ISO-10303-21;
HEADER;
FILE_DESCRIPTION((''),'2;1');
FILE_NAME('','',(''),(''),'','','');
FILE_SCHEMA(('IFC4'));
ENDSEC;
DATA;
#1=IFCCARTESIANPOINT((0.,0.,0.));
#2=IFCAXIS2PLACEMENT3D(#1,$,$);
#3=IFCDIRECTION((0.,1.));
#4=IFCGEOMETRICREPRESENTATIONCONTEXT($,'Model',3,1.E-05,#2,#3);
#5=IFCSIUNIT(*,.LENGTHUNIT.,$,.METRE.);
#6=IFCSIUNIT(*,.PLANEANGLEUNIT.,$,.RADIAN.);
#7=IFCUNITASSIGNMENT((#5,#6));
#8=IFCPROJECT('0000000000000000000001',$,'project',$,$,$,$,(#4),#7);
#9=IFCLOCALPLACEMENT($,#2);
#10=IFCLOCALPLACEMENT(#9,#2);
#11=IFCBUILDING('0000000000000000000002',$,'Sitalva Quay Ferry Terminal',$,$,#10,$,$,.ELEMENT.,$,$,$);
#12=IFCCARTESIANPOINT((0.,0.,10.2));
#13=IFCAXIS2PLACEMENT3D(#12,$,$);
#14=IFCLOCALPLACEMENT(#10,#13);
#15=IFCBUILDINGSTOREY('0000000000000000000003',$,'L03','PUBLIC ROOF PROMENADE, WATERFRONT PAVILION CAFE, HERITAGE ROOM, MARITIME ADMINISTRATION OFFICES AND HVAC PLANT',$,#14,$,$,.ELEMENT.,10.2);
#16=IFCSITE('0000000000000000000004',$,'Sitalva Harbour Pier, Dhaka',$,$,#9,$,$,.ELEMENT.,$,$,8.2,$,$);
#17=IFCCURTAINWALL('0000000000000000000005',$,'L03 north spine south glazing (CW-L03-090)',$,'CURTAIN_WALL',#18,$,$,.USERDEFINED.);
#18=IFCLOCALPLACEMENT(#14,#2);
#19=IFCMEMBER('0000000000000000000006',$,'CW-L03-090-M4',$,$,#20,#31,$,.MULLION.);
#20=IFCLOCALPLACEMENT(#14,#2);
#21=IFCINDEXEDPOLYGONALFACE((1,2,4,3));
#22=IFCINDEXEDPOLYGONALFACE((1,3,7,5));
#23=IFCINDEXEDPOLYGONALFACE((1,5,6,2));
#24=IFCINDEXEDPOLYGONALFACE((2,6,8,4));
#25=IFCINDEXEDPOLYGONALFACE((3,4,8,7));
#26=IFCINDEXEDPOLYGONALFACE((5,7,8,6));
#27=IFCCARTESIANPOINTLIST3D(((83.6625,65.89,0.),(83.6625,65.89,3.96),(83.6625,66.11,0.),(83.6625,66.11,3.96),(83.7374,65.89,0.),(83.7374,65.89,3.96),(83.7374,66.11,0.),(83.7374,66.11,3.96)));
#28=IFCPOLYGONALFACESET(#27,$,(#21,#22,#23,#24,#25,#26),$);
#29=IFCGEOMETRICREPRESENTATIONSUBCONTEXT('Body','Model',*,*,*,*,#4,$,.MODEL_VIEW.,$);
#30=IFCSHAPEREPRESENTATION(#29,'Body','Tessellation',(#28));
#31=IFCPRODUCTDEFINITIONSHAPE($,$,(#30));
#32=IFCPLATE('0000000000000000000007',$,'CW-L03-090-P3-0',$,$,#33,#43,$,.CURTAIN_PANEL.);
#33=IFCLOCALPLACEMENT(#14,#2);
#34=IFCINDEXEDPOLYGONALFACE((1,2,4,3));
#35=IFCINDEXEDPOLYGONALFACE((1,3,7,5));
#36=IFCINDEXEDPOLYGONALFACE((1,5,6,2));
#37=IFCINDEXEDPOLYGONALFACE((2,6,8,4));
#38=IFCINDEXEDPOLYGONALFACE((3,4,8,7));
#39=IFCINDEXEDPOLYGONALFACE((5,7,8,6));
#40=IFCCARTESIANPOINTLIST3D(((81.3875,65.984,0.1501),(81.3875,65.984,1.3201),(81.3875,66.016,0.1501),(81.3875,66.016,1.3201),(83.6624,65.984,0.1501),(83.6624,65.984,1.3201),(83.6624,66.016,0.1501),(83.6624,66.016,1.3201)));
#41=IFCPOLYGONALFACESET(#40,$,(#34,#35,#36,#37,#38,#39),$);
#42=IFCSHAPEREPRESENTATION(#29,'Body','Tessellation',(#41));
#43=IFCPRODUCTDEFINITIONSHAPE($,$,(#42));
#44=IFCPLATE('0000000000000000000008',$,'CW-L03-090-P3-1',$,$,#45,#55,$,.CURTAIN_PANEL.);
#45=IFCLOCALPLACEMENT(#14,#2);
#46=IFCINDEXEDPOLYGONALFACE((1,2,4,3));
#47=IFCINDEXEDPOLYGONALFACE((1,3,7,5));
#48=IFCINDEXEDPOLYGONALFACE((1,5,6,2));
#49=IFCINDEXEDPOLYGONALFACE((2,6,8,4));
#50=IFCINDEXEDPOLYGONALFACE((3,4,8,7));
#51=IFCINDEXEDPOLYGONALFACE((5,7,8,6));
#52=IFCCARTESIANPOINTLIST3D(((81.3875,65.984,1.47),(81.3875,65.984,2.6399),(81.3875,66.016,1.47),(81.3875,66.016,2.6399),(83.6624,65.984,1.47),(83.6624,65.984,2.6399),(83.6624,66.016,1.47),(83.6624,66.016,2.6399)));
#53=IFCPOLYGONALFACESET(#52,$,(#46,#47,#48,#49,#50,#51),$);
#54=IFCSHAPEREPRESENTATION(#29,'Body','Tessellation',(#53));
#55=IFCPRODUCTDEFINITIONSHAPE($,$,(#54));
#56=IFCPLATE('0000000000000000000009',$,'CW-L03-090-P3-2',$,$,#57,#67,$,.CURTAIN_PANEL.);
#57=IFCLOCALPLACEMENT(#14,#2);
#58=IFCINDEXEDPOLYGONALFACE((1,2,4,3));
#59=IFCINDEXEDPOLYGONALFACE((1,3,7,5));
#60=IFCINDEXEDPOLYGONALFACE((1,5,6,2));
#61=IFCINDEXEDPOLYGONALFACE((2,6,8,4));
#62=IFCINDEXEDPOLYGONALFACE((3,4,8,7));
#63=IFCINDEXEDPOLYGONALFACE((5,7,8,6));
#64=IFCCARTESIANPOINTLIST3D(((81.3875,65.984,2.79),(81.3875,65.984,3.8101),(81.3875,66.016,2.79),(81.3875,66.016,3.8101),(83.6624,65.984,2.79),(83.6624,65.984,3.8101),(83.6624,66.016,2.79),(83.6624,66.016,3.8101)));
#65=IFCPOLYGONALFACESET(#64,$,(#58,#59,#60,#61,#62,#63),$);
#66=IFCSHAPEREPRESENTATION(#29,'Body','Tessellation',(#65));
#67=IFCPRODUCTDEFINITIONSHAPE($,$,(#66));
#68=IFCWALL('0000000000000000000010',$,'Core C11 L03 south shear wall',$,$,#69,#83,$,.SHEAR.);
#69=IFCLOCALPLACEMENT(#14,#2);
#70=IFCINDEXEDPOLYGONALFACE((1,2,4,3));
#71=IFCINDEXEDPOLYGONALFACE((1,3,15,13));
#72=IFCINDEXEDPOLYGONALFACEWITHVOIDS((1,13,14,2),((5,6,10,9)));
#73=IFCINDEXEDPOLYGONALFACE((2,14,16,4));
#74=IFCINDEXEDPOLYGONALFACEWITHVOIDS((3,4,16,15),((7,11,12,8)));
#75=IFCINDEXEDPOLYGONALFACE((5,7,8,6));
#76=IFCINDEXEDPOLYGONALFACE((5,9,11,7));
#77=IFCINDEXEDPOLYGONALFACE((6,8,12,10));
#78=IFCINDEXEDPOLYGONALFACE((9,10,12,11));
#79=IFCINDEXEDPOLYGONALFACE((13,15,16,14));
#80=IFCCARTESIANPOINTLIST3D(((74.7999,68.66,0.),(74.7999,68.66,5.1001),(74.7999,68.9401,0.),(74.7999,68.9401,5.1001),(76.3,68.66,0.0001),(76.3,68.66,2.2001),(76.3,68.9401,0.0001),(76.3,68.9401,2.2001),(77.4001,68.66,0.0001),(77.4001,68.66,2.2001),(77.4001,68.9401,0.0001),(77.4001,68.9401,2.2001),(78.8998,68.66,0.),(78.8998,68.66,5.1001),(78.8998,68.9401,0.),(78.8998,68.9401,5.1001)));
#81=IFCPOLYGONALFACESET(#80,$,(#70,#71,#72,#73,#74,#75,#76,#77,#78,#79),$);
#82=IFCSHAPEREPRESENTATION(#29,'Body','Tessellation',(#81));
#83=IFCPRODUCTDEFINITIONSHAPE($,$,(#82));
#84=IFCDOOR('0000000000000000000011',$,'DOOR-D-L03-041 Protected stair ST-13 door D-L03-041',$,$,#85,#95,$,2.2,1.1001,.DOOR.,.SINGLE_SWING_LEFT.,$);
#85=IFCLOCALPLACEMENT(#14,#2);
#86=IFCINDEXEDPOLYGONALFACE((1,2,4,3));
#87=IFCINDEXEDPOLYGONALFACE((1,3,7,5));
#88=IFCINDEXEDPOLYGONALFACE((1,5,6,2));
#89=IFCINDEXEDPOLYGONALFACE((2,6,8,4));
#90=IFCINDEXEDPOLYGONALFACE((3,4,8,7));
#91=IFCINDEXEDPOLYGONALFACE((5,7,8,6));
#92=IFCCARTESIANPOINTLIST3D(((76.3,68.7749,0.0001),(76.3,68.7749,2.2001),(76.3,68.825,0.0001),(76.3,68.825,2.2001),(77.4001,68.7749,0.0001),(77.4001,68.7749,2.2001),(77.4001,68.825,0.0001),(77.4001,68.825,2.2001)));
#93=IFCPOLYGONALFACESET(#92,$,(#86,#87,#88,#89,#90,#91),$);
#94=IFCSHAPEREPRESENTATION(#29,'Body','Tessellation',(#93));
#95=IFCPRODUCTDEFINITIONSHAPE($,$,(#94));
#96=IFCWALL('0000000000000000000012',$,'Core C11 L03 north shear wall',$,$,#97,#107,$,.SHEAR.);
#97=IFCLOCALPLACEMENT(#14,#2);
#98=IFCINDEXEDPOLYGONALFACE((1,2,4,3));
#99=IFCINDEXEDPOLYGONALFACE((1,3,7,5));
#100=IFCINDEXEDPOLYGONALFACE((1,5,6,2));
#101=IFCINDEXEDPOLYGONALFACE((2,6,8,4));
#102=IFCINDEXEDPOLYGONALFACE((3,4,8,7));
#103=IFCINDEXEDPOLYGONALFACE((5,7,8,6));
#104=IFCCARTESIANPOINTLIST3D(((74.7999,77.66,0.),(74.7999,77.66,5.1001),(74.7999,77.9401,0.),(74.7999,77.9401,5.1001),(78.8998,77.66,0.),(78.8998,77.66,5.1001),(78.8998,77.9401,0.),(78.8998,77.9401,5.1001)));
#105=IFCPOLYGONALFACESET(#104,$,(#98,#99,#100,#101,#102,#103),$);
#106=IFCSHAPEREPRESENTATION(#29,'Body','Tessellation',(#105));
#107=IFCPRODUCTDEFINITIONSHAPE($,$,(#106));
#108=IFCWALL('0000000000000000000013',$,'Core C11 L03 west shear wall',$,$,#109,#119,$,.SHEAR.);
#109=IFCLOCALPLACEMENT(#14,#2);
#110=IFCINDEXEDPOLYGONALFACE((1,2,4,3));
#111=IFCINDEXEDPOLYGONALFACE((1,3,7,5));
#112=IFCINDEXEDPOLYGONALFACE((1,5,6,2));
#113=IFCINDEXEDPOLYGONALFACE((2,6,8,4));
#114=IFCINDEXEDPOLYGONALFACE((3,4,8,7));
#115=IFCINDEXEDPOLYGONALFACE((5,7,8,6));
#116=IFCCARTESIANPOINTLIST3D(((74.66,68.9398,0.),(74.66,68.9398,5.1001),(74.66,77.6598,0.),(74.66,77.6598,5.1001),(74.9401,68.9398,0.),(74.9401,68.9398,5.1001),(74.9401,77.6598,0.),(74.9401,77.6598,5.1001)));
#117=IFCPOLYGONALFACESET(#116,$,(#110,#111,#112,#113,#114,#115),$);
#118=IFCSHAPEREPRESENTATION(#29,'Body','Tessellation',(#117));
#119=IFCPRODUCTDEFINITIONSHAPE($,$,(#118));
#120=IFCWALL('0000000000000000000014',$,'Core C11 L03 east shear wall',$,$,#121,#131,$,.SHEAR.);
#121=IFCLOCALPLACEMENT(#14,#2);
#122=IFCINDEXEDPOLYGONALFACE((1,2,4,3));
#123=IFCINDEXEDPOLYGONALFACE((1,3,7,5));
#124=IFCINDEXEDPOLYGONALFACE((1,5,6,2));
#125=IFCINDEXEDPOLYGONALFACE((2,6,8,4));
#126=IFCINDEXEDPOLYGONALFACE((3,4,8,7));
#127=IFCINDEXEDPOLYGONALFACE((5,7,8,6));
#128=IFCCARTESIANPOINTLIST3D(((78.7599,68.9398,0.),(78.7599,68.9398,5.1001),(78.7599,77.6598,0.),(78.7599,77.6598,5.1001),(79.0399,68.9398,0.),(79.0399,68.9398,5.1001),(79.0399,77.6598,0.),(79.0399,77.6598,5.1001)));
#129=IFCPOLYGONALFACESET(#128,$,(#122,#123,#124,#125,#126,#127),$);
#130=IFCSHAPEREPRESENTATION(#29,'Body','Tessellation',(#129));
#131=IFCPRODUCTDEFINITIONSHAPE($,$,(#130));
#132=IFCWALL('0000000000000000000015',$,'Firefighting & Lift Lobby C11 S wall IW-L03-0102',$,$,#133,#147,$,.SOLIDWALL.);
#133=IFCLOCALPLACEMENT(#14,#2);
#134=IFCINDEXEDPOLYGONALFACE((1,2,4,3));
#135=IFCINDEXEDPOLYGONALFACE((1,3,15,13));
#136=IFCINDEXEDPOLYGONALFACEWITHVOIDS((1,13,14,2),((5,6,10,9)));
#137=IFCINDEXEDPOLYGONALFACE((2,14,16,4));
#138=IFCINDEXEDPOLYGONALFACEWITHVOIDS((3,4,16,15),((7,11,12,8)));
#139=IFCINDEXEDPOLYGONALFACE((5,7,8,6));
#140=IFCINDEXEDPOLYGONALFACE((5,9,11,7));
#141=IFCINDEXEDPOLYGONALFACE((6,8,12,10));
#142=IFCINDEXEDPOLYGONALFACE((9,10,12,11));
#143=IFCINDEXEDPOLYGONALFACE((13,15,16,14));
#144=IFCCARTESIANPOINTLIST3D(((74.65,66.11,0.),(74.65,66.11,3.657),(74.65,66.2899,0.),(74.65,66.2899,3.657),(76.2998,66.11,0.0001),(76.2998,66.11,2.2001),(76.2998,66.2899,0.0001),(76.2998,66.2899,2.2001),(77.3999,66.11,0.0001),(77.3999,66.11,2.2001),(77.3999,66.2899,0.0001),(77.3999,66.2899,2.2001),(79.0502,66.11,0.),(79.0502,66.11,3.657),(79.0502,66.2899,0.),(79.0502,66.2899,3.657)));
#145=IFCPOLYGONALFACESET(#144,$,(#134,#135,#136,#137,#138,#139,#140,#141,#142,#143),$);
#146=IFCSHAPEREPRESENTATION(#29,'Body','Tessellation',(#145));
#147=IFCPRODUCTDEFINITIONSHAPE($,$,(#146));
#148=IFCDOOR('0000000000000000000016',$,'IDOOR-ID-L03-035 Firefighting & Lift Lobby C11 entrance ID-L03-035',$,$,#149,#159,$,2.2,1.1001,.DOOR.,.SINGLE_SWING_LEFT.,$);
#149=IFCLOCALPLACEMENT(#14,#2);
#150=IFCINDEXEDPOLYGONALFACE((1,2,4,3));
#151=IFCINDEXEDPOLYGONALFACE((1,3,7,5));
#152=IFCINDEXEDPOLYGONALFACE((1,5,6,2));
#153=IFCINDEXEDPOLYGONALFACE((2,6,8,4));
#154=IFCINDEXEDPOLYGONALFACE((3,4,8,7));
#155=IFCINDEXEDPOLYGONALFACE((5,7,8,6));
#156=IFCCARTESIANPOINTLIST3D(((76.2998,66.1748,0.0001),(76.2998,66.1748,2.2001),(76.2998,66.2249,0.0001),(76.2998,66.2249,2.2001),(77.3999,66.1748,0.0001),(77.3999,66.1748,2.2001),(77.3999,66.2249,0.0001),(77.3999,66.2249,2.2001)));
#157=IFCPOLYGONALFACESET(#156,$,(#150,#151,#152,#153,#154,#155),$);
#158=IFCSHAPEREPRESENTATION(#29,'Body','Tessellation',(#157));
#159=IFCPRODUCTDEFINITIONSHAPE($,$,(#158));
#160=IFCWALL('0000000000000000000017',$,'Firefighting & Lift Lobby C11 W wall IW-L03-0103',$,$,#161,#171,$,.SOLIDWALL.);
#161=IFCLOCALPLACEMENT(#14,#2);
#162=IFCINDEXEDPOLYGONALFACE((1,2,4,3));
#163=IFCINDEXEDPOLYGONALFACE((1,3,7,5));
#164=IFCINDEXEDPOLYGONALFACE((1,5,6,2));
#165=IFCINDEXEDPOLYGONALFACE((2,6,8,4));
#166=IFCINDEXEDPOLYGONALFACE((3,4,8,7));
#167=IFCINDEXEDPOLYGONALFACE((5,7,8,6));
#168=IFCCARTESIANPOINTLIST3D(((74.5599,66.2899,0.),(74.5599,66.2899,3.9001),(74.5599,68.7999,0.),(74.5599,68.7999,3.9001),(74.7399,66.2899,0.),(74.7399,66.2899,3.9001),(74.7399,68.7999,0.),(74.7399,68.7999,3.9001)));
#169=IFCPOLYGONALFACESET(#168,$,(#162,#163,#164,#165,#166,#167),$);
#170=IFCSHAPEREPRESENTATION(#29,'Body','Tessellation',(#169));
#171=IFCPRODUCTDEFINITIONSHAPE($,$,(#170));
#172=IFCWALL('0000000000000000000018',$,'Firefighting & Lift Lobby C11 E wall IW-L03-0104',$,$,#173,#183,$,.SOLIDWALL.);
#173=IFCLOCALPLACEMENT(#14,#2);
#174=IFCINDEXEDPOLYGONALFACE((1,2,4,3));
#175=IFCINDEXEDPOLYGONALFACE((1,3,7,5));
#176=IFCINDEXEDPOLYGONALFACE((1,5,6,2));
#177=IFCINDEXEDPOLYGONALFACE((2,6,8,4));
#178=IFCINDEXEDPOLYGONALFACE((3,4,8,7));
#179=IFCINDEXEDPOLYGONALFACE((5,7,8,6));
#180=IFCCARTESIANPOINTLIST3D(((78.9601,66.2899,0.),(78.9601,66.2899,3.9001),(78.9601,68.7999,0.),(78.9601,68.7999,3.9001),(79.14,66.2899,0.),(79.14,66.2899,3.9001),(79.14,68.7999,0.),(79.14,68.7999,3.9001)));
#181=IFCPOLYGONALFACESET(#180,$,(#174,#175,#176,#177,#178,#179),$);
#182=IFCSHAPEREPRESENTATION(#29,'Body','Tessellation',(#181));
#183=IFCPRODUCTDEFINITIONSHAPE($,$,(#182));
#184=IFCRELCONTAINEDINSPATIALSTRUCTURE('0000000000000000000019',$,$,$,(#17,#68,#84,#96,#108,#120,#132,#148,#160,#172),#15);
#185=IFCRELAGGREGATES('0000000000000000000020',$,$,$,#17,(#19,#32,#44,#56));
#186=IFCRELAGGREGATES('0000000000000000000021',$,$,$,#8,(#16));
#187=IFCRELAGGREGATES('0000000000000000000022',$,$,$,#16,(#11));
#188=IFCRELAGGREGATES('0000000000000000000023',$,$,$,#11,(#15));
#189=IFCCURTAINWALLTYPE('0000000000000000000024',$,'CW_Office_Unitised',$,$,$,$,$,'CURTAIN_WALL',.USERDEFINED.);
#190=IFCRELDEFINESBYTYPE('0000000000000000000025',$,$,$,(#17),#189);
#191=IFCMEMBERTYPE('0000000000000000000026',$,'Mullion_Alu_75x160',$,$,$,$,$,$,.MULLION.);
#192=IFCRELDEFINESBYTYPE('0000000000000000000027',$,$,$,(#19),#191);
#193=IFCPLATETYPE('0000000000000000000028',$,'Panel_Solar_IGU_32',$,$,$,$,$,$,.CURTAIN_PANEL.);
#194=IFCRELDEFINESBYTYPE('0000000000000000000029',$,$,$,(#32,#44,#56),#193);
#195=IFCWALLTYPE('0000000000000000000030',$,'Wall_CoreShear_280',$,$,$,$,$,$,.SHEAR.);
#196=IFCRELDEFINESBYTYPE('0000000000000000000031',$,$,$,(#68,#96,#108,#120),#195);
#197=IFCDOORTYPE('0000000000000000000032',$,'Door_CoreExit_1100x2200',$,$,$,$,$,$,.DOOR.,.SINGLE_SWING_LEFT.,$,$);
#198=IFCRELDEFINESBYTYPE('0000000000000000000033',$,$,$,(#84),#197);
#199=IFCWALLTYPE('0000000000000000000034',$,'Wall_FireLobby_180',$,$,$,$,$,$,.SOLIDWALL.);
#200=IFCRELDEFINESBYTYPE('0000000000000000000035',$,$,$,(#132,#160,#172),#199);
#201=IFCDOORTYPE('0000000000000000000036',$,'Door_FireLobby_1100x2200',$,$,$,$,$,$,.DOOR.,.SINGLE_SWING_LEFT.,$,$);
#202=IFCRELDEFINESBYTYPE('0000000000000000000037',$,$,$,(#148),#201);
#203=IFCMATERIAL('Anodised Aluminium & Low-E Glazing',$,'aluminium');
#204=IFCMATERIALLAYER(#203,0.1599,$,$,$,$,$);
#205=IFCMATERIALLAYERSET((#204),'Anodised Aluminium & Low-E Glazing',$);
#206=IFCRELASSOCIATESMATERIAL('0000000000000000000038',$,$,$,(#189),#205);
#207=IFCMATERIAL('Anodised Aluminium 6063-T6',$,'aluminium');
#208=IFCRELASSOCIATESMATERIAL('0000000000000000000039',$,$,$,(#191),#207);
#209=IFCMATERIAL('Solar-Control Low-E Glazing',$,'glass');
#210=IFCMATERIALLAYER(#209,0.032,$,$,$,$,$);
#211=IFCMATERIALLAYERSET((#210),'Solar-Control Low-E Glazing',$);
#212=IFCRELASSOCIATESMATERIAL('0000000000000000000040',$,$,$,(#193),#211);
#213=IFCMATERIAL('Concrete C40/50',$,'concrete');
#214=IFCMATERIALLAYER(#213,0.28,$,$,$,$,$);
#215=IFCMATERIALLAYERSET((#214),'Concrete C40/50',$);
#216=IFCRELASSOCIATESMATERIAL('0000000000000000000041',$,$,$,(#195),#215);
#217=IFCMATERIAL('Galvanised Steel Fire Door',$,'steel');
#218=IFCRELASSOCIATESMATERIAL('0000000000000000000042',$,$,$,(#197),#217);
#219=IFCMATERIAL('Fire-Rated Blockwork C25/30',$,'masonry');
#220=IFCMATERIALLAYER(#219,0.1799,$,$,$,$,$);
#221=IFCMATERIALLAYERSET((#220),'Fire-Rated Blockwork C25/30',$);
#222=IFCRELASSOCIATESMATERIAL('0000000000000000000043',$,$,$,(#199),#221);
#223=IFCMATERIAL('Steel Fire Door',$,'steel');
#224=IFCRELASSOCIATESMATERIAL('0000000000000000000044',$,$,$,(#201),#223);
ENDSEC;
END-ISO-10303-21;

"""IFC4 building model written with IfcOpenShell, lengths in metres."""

from ifc_helpers import new_model, si_unit, direction, frame, frame_2d, origin, origin_2d, place, context, subcontext, project, spatial, rectangle, extrude, material, layer, layer_set, material_profile, profile_set, type_object, element, fill, aggregate, save


model = new_model("IFC4")

# Units and contexts
model_context = context("Model", 3, precision=1e-05, world=origin(), true_north=direction((0.0, 1.0)))
body_context = subcontext(model_context, "Body", "Model", "MODEL_VIEW")
ifc_project = project(units=[si_unit("LENGTHUNIT", "METRE"), si_unit("PLANEANGLEUNIT", "RADIAN")], contexts=[model_context])

# Site, building, storey
site_placement = place(None, origin())
site = spatial("IfcSite", under=ifc_project, at=site_placement, Name="Sitalva Harbour Pier, Dhaka", CompositionType="ELEMENT", RefElevation=8.2)
building_placement = place(site_placement, origin())
building = spatial("IfcBuilding", under=site, at=building_placement, Name="Sitalva Quay Ferry Terminal", CompositionType="ELEMENT")
storey_placement = place(building_placement, frame((0.0, 0.0, 10.2)))
storey = spatial("IfcBuildingStorey", under=building, at=storey_placement, Name="L03", Description="PUBLIC ROOF PROMENADE, WATERFRONT PAVILION CAFE, HERITAGE ROOM, MARITIME ADMINISTRATION OFFICES AND HVAC PLANT", CompositionType="ELEMENT", Elevation=10.2)

# Curtain wall, member, plates
ifc_material_1 = material(Name="Anodised Aluminium & Low-E Glazing", Category="aluminium")
ifc_layer_1 = layer(ifc_material_1, 0.1599)
ifc_layer_set_1 = layer_set([ifc_layer_1], Name="Anodised Aluminium & Low-E Glazing")
curtain_wall_type = type_object("IfcCurtainWallType", Name="CW_Office_Unitised", ElementType="CURTAIN_WALL", PredefinedType="USERDEFINED", material=ifc_layer_set_1)
curtain_wall_placement = place(storey_placement, origin())
curtain_wall = element("IfcCurtainWall", 1, at=curtain_wall_placement, inside=storey, type_object=curtain_wall_type, Name="L03 north spine south glazing (CW-L03-090)", ObjectType="CURTAIN_WALL", PredefinedType="USERDEFINED")
ifc_material_2 = material(Name="Anodised Aluminium 6063-T6", Category="aluminium")
ifc_material_profile_1 = material_profile(ifc_material_2, rectangle(XDim=0.075, YDim=0.22, at=origin_2d()), Name="ALU75x220")
ifc_profile_set_1 = profile_set([ifc_material_profile_1], Name="Anodised Aluminium 6063-T6")
member_type = type_object("IfcMemberType", Name="Mullion_Alu_75x160", PredefinedType="MULLION", material=ifc_profile_set_1)
member_placement = place(storey_placement, frame((83.7, 66.0, 0.0), z_axis=(0.0, 0.0, 1.0), x_axis=(1.0, 0.0, 0.0)))
member = element("IfcMember", 2, at=member_placement, type_object=member_type, Name="CW-L03-090-M4", PredefinedType="MULLION", context=body_context, shape_type="SweptSolid", body=[
    extrude(rectangle(XDim=0.075, YDim=0.22, at=origin_2d()), origin(), (0.0, 0.0, 1.0), 3.96),
])
ifc_material_3 = material(Name="Solar-Control Low-E Glazing", Category="glass")
ifc_layer_2 = layer(ifc_material_3, 0.032)
ifc_layer_set_2 = layer_set([ifc_layer_2], Name="Solar-Control Low-E Glazing")
plate_type = type_object("IfcPlateType", Name="Panel_Solar_IGU_32", PredefinedType="CURTAIN_PANEL", material=ifc_layer_set_2)
plate_1_placement = place(storey_placement, frame((82.5249, 66.0, 0.1501), z_axis=(0.0, 0.0, 1.0), x_axis=(1.0, 0.0, 0.0)))
plate_1 = element("IfcPlate", 3, at=plate_1_placement, type_object=plate_type, Name="CW-L03-090-P3-0", PredefinedType="CURTAIN_PANEL", context=body_context, shape_type="SweptSolid", body=[
    extrude(rectangle(XDim=2.2749, YDim=0.032, at=origin_2d()), origin(), (0.0, 0.0, 1.0), 1.1699),
])
plate_2_placement = place(storey_placement, frame((82.5249, 66.0, 1.47), z_axis=(0.0, 0.0, 1.0), x_axis=(1.0, 0.0, 0.0)))
plate_2 = element("IfcPlate", 4, at=plate_2_placement, type_object=plate_type, Name="CW-L03-090-P3-1", PredefinedType="CURTAIN_PANEL", context=body_context, shape_type="SweptSolid", body=[
    extrude(rectangle(XDim=2.2749, YDim=0.032, at=origin_2d()), origin(), (0.0, 0.0, 1.0), 1.1699),
])
plate_3_placement = place(storey_placement, frame((82.5249, 66.0, 2.79), z_axis=(0.0, 0.0, 1.0), x_axis=(1.0, 0.0, 0.0)))
plate_3 = element("IfcPlate", 5, at=plate_3_placement, type_object=plate_type, Name="CW-L03-090-P3-2", PredefinedType="CURTAIN_PANEL", context=body_context, shape_type="SweptSolid", body=[
    extrude(rectangle(XDim=2.2749, YDim=0.032, at=origin_2d()), origin(), (0.0, 0.0, 1.0), 1.02),
])
aggregate(curtain_wall, [member, plate_1, plate_2, plate_3])

# Wall, opening, door
ifc_material_4 = material(Name="Concrete C40/50", Category="concrete")
ifc_layer_3 = layer(ifc_material_4, 0.28)
ifc_layer_set_3 = layer_set([ifc_layer_3], Name="Concrete C40/50")
wall_type_1 = type_object("IfcWallType", Name="Wall_CoreShear_280", PredefinedType="SHEAR", material=ifc_layer_set_3)
wall_1_placement = place(storey_placement, frame((74.8, 68.8, 0.0), z_axis=(0.0, 0.0, 1.0), x_axis=(1.0, 0.0, 0.0)))
wall_1 = element("IfcWall", 6, at=wall_1_placement, inside=storey, type_object=wall_type_1, Name="Core C11 L03 south shear wall", PredefinedType="SHEAR", context=body_context, shape_type="SweptSolid", body=[
    extrude(rectangle(XDim=4.0999, YDim=0.28, at=frame_2d((2.0498, 0.0))), origin(), (0.0, 0.0, 1.0), 5.1001),
])
opening_1_placement = place(wall_1_placement, frame((1.5, 0.0, 0.0)))
opening_1 = element("IfcOpeningElement", 7, at=opening_1_placement, cuts=wall_1, PredefinedType="OPENING", context=body_context, shape_type="SweptSolid", body=[
    extrude(rectangle(XDim=1.1001, YDim=2.2, at=frame_2d((0.55, 1.1001))), frame((0.0, 0.1499, 0.0), z_axis=(0.0, -1.0, 0.0), x_axis=(1.0, 0.0, 0.0)), (0.0, 0.0, 1.0), 0.3),
])
ifc_material_5 = material(Name="Galvanised Steel Fire Door", Category="steel")
door_type_1 = type_object("IfcDoorType", Name="Door_CoreExit_1100x2200", OperationType="SINGLE_SWING_LEFT", PredefinedType="DOOR", material=ifc_material_5)
door_1_placement = place(opening_1_placement, origin())
door_1 = element("IfcDoor", 8, at=door_1_placement, inside=storey, type_object=door_type_1, Name="DOOR-D-L03-041 Protected stair ST-13 door D-L03-041", OperationType="SINGLE_SWING_LEFT", OverallHeight=2.2, OverallWidth=1.1001, PredefinedType="DOOR", context=body_context, shape_type="SweptSolid", body=[
    extrude(rectangle(XDim=1.1001, YDim=2.2, at=frame_2d((0.55, 1.1001))), frame((0.0, 0.0249, 0.0), z_axis=(0.0, -1.0, 0.0), x_axis=(1.0, 0.0, 0.0)), (0.0, 0.0, 1.0), 0.05),
])
fill(opening_1, door_1)

# Walls
wall_2_placement = place(storey_placement, frame((74.8, 77.8, 0.0), z_axis=(0.0, 0.0, 1.0), x_axis=(1.0, 0.0, 0.0)))
element("IfcWall", 9, at=wall_2_placement, inside=storey, type_object=wall_type_1, Name="Core C11 L03 north shear wall", PredefinedType="SHEAR", context=body_context, shape_type="SweptSolid", body=[
    extrude(rectangle(XDim=4.0999, YDim=0.28, at=frame_2d((2.0498, 0.0))), origin(), (0.0, 0.0, 1.0), 5.1001),
])
for number, where, z_axis, x_axis, name in (
    (10, (74.8, 68.9399, 0.0), (0.0, 0.0, 1.0), (0.0, 1.0, 0.0), "Core C11 L03 west shear wall"),
    (11, (78.8999, 68.9399, 0.0), (0.0, 0.0, 1.0), (0.0, 1.0, 0.0), "Core C11 L03 east shear wall"),
):
    element("IfcWall", number, at=place(storey_placement, frame(where, z_axis=z_axis, x_axis=x_axis)), inside=storey, type_object=wall_type_1, Name=name, PredefinedType="SHEAR", context=body_context, shape_type="SweptSolid", body=[
        extrude(rectangle(XDim=8.72, YDim=0.28, at=frame_2d((4.3599, 0.0))), origin(), (0.0, 0.0, 1.0), 5.1001),
    ])

# Wall, opening, door
ifc_material_6 = material(Name="Fire-Rated Blockwork C25/30", Category="masonry")
ifc_layer_4 = layer(ifc_material_6, 0.1799)
ifc_layer_set_4 = layer_set([ifc_layer_4], Name="Fire-Rated Blockwork C25/30")
wall_type_2 = type_object("IfcWallType", Name="Wall_FireLobby_180", PredefinedType="SOLIDWALL", material=ifc_layer_set_4)
wall_3_placement = place(storey_placement, frame((74.6499, 66.2, 0.0), z_axis=(0.0, 0.0, 1.0), x_axis=(1.0, 0.0, 0.0)))
wall_3 = element("IfcWall", 12, at=wall_3_placement, inside=storey, type_object=wall_type_2, Name="Firefighting & Lift Lobby C11 S wall IW-L03-0102", PredefinedType="SOLIDWALL", context=body_context, shape_type="SweptSolid", body=[
    extrude(rectangle(XDim=4.4001, YDim=0.1799, at=frame_2d((2.2002, 0.0))), origin(), (0.0, 0.0, 1.0), 3.657),
])
opening_2_placement = place(wall_3_placement, frame((1.6499, 0.0, 0.0)))
opening_2 = element("IfcOpeningElement", 13, at=opening_2_placement, cuts=wall_3, PredefinedType="OPENING", context=body_context, shape_type="SweptSolid", body=[
    extrude(rectangle(XDim=1.1001, YDim=2.2, at=frame_2d((0.55, 1.1001))), frame((0.0, 0.0999, 0.0), z_axis=(0.0, -1.0, 0.0), x_axis=(1.0, 0.0, 0.0)), (0.0, 0.0, 1.0), 0.2),
])
ifc_material_7 = material(Name="Steel Fire Door", Category="steel")
door_type_2 = type_object("IfcDoorType", Name="Door_FireLobby_1100x2200", OperationType="SINGLE_SWING_LEFT", PredefinedType="DOOR", material=ifc_material_7)
door_2_placement = place(opening_2_placement, origin())
door_2 = element("IfcDoor", 14, at=door_2_placement, inside=storey, type_object=door_type_2, Name="IDOOR-ID-L03-035 Firefighting & Lift Lobby C11 entrance ID-L03-035", OperationType="SINGLE_SWING_LEFT", OverallHeight=2.2, OverallWidth=1.1001, PredefinedType="DOOR", context=body_context, shape_type="SweptSolid", body=[
    extrude(rectangle(XDim=1.1001, YDim=2.2, at=frame_2d((0.55, 1.1001))), frame((0.0, 0.0249, 0.0), z_axis=(0.0, -1.0, 0.0), x_axis=(1.0, 0.0, 0.0)), (0.0, 0.0, 1.0), 0.05),
])
fill(opening_2, door_2)

# Walls
for number, where, z_axis, x_axis, name in (
    (15, (74.6499, 66.29, 0.0), (0.0, 0.0, 1.0), (0.0, 1.0, 0.0), "Firefighting & Lift Lobby C11 W wall IW-L03-0103"),
    (16, (79.05, 66.29, 0.0), (0.0, 0.0, 1.0), (0.0, 1.0, 0.0), "Firefighting & Lift Lobby C11 E wall IW-L03-0104"),
):
    element("IfcWall", number, at=place(storey_placement, frame(where, z_axis=z_axis, x_axis=x_axis)), inside=storey, type_object=wall_type_2, Name=name, PredefinedType="SOLIDWALL", context=body_context, shape_type="SweptSolid", body=[
        extrude(rectangle(XDim=2.51, YDim=0.1799, at=frame_2d((1.2549, 0.0))), origin(), (0.0, 0.0, 1.0), 3.9001),
    ])

save(model, "model.ifc")
